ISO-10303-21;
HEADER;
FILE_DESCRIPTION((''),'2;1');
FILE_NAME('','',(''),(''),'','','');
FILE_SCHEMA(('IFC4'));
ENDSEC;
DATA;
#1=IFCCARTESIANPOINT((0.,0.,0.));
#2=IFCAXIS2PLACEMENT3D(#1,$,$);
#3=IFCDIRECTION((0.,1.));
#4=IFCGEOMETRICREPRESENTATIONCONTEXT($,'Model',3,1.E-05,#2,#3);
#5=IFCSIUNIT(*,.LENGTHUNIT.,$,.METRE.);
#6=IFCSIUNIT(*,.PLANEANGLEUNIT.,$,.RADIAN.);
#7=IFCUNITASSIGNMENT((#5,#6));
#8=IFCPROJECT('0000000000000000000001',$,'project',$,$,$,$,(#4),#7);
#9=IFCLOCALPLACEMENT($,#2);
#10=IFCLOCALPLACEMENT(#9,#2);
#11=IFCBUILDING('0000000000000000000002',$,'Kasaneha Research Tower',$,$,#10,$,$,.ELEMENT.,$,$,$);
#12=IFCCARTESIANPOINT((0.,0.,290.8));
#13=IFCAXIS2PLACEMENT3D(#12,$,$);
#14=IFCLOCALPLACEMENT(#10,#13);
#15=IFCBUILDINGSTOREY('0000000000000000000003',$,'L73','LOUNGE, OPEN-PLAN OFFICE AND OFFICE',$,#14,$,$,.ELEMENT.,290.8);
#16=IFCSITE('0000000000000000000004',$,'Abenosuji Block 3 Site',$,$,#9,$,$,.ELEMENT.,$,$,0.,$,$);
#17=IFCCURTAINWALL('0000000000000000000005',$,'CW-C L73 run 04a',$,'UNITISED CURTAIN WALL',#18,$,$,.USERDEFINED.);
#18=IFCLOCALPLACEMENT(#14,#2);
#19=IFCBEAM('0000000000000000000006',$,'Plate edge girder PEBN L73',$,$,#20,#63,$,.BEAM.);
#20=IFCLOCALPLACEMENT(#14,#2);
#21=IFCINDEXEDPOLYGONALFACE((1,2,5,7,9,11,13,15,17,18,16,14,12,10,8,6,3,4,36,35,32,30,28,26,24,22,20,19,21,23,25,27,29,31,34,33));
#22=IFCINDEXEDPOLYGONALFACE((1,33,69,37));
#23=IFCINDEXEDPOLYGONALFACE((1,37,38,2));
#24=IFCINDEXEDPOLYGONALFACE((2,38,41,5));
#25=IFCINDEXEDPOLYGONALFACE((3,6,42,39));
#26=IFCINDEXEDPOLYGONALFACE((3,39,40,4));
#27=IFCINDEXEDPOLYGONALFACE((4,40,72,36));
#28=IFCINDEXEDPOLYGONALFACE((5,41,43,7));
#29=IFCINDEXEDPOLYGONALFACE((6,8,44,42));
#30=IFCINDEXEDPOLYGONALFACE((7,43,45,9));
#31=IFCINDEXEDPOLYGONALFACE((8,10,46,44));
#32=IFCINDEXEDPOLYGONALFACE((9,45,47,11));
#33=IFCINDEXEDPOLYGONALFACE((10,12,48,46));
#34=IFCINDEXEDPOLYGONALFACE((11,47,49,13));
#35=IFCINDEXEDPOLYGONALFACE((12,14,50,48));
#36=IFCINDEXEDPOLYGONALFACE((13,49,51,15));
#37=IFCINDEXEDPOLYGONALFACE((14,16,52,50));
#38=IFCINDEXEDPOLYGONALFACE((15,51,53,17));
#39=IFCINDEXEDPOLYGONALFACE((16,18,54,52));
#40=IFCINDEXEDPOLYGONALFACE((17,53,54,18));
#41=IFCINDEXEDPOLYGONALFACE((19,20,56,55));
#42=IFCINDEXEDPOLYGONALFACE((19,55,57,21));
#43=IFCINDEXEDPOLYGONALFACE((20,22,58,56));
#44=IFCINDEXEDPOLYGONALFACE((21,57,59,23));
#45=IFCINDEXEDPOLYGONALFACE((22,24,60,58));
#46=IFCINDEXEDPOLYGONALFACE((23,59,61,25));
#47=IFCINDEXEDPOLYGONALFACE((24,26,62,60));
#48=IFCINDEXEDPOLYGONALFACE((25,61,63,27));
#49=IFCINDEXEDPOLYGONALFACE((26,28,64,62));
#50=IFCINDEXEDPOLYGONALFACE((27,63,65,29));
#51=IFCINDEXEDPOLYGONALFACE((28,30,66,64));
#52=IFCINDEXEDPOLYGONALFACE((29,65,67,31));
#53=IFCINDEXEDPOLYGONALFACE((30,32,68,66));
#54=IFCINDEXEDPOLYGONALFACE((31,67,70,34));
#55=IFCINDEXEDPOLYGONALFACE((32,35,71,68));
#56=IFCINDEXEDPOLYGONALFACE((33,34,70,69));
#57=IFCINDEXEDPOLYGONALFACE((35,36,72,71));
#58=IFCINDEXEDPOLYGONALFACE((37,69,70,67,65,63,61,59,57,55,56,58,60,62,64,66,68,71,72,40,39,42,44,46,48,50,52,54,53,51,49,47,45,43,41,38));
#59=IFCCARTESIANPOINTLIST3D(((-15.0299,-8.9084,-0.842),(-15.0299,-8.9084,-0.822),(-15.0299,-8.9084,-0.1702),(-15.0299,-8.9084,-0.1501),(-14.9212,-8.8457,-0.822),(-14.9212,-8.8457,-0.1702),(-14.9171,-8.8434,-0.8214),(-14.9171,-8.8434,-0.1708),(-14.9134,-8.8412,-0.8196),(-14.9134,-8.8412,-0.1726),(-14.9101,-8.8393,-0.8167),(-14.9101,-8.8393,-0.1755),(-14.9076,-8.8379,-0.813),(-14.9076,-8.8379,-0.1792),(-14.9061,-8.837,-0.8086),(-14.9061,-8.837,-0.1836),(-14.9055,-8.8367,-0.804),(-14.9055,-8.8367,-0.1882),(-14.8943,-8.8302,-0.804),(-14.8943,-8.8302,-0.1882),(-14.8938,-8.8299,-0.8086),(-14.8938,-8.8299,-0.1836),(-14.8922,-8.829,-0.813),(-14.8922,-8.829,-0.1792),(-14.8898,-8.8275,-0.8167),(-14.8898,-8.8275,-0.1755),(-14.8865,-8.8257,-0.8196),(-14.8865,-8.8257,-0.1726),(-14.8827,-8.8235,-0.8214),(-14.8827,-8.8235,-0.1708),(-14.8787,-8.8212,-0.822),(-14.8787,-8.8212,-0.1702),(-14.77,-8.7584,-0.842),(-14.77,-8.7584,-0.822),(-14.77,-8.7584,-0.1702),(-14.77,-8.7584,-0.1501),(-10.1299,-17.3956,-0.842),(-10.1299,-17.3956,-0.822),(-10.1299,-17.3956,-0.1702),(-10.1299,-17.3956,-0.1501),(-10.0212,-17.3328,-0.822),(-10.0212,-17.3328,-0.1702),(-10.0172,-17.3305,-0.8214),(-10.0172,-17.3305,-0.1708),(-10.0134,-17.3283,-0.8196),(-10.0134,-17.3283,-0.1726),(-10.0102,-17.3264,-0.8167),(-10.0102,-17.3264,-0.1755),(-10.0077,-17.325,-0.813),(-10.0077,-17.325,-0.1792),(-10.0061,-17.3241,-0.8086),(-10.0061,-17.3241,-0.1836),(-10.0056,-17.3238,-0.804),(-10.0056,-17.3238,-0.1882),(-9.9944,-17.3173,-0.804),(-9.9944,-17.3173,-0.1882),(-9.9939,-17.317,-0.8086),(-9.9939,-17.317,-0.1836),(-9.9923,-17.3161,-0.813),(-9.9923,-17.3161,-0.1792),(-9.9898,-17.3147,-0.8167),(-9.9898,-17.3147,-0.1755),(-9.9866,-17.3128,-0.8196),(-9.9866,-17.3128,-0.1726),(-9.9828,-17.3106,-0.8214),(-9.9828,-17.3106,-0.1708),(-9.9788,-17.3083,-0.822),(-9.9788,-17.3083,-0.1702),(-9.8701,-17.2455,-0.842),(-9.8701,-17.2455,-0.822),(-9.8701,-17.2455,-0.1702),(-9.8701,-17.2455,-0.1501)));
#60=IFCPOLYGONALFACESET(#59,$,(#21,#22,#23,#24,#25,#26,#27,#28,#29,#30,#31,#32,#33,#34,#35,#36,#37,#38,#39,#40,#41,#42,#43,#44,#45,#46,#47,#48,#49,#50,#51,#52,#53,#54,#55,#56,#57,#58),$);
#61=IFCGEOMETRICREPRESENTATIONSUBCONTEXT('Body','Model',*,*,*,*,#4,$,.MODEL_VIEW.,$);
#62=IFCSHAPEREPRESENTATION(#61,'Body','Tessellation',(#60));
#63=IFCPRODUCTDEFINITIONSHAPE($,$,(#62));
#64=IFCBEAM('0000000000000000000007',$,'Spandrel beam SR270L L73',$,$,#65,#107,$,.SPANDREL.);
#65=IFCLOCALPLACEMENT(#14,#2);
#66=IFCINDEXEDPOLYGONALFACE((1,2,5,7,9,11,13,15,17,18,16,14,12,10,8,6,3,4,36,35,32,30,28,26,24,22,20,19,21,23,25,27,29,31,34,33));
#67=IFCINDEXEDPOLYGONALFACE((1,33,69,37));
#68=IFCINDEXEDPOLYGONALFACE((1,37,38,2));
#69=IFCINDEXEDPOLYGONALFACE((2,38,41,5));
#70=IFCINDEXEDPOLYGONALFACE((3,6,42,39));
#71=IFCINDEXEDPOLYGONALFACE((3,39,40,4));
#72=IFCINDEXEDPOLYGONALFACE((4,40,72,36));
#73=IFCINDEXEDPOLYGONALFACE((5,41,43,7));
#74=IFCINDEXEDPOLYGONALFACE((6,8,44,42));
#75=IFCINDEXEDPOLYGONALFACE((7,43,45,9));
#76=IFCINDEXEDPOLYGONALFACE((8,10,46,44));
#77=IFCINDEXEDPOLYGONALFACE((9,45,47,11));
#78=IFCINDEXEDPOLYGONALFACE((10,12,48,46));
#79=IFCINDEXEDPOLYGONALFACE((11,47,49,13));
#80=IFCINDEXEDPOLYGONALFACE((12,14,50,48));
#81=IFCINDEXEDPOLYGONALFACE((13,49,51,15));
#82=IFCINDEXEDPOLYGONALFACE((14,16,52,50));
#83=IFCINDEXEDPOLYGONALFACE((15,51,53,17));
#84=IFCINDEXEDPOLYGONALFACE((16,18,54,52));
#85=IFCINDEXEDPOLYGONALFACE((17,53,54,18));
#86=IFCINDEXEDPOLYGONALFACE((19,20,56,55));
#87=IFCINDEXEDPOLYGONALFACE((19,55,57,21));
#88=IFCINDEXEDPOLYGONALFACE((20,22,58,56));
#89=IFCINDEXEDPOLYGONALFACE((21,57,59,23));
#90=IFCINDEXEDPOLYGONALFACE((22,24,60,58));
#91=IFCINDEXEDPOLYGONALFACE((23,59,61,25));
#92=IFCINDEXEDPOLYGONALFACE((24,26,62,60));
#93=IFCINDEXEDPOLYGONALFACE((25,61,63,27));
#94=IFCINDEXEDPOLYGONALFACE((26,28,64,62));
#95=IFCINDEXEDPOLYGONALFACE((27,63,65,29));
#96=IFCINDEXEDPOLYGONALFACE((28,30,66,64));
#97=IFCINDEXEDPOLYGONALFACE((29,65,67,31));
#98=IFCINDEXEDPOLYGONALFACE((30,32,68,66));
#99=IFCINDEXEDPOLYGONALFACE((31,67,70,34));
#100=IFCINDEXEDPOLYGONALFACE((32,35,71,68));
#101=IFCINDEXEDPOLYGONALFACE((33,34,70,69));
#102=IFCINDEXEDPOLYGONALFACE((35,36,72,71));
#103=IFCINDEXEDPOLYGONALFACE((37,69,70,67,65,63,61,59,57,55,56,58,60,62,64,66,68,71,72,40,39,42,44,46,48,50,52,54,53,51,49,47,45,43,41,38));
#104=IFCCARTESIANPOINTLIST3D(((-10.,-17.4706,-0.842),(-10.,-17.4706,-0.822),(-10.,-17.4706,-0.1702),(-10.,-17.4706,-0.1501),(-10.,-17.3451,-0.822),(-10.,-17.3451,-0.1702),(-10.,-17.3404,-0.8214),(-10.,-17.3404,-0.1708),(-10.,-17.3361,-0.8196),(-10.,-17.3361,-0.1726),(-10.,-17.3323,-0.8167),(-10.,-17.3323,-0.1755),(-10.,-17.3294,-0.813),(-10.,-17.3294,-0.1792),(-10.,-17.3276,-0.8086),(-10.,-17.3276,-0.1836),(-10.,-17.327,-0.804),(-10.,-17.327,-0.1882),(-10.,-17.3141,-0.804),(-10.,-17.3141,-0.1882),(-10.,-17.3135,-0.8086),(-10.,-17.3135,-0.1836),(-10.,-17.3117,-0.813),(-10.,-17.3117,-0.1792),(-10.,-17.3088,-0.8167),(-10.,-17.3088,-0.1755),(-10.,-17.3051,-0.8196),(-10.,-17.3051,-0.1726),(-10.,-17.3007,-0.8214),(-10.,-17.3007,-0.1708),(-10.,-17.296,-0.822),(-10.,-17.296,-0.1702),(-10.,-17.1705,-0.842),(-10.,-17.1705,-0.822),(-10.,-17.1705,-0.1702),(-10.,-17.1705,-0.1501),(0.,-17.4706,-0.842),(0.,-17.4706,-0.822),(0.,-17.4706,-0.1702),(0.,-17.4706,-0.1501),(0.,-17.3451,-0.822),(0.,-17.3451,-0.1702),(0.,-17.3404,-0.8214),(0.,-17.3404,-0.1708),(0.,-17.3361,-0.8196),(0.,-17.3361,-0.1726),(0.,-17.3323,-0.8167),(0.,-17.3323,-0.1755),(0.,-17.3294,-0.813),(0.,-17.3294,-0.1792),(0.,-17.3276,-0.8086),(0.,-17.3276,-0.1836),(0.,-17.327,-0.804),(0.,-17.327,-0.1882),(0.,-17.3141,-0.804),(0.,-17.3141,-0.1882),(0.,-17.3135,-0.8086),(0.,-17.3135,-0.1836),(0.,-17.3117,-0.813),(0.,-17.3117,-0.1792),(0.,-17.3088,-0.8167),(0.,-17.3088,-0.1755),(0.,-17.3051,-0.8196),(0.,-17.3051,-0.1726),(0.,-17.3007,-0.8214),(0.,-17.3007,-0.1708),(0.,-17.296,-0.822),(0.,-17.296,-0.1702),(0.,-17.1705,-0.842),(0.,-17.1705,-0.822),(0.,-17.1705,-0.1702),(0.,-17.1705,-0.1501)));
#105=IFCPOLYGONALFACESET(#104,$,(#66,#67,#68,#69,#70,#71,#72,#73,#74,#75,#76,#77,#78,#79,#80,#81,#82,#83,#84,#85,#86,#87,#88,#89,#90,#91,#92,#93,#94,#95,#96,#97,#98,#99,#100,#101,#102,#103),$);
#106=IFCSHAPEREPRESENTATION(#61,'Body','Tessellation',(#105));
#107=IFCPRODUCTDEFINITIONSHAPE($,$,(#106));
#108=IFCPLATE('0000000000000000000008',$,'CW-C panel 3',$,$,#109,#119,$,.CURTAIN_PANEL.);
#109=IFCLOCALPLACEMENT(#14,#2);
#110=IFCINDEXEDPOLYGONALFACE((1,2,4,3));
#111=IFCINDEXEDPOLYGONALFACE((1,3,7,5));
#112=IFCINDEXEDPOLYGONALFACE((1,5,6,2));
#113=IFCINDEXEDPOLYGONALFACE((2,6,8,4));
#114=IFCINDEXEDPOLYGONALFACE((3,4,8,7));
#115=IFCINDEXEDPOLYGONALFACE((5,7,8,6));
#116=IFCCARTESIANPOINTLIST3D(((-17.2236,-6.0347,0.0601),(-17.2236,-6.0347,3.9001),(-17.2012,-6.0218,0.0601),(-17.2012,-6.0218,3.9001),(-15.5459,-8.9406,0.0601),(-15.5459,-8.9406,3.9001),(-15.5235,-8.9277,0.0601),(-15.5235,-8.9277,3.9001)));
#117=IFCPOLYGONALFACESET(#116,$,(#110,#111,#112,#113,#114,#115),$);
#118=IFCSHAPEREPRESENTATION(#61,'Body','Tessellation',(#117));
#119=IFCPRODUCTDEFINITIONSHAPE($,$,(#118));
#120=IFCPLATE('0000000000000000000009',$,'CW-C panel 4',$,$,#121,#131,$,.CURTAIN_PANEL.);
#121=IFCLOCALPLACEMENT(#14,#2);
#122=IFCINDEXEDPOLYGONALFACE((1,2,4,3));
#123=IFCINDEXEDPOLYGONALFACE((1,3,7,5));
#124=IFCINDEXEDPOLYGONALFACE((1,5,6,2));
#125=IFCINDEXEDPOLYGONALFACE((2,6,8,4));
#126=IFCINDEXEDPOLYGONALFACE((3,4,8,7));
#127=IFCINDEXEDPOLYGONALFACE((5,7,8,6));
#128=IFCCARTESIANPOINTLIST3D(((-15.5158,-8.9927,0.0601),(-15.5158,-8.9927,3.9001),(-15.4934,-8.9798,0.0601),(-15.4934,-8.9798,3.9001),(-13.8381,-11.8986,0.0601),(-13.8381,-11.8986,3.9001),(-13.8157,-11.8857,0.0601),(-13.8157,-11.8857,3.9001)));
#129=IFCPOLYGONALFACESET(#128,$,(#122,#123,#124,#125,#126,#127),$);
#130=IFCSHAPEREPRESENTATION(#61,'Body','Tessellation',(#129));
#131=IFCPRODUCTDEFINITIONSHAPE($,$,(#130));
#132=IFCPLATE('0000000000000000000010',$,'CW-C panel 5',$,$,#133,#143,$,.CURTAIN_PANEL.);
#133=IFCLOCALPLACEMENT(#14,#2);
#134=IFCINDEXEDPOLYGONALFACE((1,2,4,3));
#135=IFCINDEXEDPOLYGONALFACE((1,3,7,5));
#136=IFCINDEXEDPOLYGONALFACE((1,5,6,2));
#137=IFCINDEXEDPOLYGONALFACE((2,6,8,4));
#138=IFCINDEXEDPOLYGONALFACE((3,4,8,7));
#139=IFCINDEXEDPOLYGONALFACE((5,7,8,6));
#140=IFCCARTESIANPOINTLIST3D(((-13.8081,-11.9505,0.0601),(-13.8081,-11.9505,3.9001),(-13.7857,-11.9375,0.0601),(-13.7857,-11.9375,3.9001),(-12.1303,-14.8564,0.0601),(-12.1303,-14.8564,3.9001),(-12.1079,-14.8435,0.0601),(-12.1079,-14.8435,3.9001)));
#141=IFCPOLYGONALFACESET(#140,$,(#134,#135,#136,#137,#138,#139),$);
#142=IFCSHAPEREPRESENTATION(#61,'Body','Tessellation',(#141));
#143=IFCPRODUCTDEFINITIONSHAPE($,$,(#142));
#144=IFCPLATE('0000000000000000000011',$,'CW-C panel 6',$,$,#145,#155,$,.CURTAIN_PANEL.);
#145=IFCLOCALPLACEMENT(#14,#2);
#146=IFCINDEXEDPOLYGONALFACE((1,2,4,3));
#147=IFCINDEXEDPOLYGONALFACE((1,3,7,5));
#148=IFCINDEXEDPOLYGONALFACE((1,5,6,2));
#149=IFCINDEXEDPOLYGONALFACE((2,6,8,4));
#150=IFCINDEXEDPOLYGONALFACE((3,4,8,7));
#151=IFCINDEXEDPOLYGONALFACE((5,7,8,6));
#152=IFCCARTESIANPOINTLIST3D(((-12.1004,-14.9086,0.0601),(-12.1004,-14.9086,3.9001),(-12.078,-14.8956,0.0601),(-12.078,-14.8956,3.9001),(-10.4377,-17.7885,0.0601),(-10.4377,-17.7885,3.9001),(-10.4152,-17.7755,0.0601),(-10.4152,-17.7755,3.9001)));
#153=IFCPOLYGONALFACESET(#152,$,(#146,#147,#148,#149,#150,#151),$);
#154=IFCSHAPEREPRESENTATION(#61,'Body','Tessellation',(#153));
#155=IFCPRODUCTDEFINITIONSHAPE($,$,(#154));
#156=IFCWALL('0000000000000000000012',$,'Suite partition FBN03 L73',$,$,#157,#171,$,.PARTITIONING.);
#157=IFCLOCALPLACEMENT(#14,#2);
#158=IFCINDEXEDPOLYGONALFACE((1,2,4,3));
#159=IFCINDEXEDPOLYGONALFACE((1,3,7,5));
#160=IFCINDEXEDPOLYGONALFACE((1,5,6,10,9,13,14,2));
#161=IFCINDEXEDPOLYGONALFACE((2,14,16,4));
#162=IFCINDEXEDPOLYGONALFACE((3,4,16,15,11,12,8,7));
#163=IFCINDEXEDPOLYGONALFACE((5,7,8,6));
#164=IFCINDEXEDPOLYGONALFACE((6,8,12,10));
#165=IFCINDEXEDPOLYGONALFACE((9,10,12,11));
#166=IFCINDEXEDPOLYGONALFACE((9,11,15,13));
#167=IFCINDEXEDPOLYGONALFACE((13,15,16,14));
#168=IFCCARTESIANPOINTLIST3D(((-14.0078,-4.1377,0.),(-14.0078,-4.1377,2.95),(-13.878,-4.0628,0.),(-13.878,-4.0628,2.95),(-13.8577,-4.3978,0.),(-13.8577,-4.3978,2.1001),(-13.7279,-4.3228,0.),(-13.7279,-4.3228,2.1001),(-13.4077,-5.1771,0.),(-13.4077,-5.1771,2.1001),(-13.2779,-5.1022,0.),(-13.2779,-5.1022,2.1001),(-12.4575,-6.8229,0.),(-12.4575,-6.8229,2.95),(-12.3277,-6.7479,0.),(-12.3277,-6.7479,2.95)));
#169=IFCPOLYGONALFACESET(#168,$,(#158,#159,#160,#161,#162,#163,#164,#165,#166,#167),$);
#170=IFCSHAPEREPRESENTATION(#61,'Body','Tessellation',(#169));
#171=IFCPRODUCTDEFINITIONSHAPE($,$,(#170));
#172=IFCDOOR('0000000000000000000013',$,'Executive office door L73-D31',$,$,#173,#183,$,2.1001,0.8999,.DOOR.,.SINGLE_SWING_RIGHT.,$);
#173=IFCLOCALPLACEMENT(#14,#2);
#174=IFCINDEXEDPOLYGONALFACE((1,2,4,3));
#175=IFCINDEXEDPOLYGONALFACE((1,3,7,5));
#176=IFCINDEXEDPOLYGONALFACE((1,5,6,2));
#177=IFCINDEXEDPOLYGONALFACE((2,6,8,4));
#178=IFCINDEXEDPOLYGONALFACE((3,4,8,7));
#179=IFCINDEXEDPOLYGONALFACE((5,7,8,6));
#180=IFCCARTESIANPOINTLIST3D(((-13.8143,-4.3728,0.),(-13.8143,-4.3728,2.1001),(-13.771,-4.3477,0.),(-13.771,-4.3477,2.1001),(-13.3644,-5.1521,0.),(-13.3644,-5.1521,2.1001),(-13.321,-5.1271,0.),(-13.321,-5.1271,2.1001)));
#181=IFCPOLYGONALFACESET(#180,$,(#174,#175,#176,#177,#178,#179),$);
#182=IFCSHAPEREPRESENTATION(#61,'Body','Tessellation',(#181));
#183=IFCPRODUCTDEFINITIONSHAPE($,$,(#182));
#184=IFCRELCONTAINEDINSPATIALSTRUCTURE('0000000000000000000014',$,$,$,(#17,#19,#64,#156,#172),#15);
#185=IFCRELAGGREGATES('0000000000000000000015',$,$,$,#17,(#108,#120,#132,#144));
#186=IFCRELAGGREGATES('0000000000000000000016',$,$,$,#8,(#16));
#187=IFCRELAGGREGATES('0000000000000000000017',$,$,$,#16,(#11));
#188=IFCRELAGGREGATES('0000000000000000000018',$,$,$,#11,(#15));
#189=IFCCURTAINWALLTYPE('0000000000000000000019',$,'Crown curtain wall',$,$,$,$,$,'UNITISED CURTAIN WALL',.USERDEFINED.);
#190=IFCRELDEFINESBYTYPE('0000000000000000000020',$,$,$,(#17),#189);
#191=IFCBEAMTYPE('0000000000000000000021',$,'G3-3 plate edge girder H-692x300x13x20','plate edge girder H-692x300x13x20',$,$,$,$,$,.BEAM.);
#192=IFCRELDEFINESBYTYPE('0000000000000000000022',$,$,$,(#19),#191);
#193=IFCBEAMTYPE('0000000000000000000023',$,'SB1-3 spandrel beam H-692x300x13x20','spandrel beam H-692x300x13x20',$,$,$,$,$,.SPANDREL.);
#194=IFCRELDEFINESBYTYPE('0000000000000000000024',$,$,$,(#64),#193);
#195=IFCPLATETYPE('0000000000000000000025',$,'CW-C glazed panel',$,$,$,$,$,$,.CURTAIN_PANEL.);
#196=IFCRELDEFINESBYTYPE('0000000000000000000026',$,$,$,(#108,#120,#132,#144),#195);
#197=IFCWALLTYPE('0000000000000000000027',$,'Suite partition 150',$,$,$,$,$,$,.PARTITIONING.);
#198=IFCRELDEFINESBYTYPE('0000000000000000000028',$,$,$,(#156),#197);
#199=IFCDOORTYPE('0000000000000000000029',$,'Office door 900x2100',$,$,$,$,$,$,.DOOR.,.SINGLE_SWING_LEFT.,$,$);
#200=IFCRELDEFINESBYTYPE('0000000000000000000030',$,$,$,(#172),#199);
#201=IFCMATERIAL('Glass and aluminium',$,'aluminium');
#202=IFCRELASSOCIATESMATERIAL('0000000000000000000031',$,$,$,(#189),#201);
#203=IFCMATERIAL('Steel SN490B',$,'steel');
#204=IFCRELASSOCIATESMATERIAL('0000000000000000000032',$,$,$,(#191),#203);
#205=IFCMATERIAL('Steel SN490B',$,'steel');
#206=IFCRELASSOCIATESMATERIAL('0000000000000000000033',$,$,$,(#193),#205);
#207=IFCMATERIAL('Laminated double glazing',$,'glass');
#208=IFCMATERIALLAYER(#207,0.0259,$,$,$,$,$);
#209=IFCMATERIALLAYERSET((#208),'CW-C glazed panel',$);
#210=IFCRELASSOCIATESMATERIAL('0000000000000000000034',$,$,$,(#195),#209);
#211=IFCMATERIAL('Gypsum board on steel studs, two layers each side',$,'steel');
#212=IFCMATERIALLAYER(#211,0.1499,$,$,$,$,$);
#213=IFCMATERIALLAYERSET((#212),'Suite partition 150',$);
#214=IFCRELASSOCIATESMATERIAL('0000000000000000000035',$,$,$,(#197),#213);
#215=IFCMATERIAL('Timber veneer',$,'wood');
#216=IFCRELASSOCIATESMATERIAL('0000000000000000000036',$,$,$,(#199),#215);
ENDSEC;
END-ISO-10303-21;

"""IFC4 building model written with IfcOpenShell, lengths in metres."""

from ifc_helpers import new_model, si_unit, direction, frame, frame_2d, origin, origin_2d, place, context, subcontext, project, spatial, rectangle, i_section, extrude, material, layer, layer_set, material_profile, profile_set, type_object, element, fill, aggregate, save


model = new_model("IFC4")

# Units and contexts
model_context = context("Model", 3, precision=1e-05, world=origin(), true_north=direction((0.0, 1.0)))
body_context = subcontext(model_context, "Body", "Model", "MODEL_VIEW")
ifc_project = project(units=[si_unit("LENGTHUNIT", "METRE"), si_unit("PLANEANGLEUNIT", "RADIAN")], contexts=[model_context])

# Site, building, storey
site_placement = place(None, origin())
site = spatial("IfcSite", under=ifc_project, at=site_placement, Name="Abenosuji Block 3 Site", CompositionType="ELEMENT", RefElevation=0.0)
building_placement = place(site_placement, origin())
building = spatial("IfcBuilding", under=site, at=building_placement, Name="Kasaneha Research Tower", CompositionType="ELEMENT")
storey_placement = place(building_placement, frame((0.0, 0.0, 290.8)))
storey = spatial("IfcBuildingStorey", under=building, at=storey_placement, Name="L73", Description="LOUNGE, OPEN-PLAN OFFICE AND OFFICE", CompositionType="ELEMENT", Elevation=290.8)

# Curtain wall
ifc_material_1 = material(Name="Glass and aluminium", Category="aluminium")
curtain_wall_type = type_object("IfcCurtainWallType", Name="Crown curtain wall", ElementType="UNITISED CURTAIN WALL", PredefinedType="USERDEFINED", material=ifc_material_1)
curtain_wall_1_placement = place(storey_placement, origin())
curtain_wall_1 = element("IfcCurtainWall", 1, at=curtain_wall_1_placement, inside=storey, type_object=curtain_wall_type, Name="CW-C L73 run 04a", ObjectType="UNITISED CURTAIN WALL", PredefinedType="USERDEFINED")

# Beams
ifc_material_2 = material(Name="Steel SN490B", Category="steel")
ifc_material_profile_1 = material_profile(ifc_material_2, i_section(OverallWidth=0.3, OverallDepth=0.6919, WebThickness=0.0129, FlangeThickness=0.02, FilletRadius=0.0181, at=origin_2d()), Name="H-692x300x13x20")
ifc_profile_set_1 = profile_set([ifc_material_profile_1], Name="Steel SN490B")
beam_type_1 = type_object("IfcBeamType", Name="G3-3 plate edge girder H-692x300x13x20", Description="plate edge girder H-692x300x13x20", PredefinedType="BEAM", material=ifc_profile_set_1)
beam_1_placement = place(storey_placement, frame((-10.0, -17.3206, -0.4961), z_axis=(-0.499992, 0.86603, 0.0), x_axis=(-0.86603, -0.499992, 0.0)))
element("IfcBeam", 2, at=beam_1_placement, inside=storey, type_object=beam_type_1, Name="Plate edge girder PEBN L73", PredefinedType="BEAM", context=body_context, shape_type="SweptSolid", body=[
    extrude(i_section(OverallWidth=0.3, OverallDepth=0.6919, WebThickness=0.0129, FlangeThickness=0.02, FilletRadius=0.0181, at=origin_2d()), origin(), (0.0, 0.0, 1.0), 9.8),
])
ifc_material_3 = material(Name="Steel SN490B", Category="steel")
ifc_material_profile_2 = material_profile(ifc_material_3, i_section(OverallWidth=0.3, OverallDepth=0.6919, WebThickness=0.0129, FlangeThickness=0.02, FilletRadius=0.0181, at=origin_2d()), Name="H-692x300x13x20")
ifc_profile_set_2 = profile_set([ifc_material_profile_2], Name="Steel SN490B")
beam_type_2 = type_object("IfcBeamType", Name="SB1-3 spandrel beam H-692x300x13x20", Description="spandrel beam H-692x300x13x20", PredefinedType="SPANDREL", material=ifc_profile_set_2)
beam_2_placement = place(storey_placement, frame((-10.0, -17.3206, -0.4961), z_axis=(1.0, 0.0, 0.0), x_axis=(0.0, 1.0, 0.0)))
element("IfcBeam", 3, at=beam_2_placement, inside=storey, type_object=beam_type_2, Name="Spandrel beam SR270L L73", PredefinedType="SPANDREL", context=body_context, shape_type="SweptSolid", body=[
    extrude(i_section(OverallWidth=0.3, OverallDepth=0.6919, WebThickness=0.0129, FlangeThickness=0.02, FilletRadius=0.0181, at=origin_2d()), origin(), (0.0, 0.0, 1.0), 10.0),
])

# Plates
ifc_material_4 = material(Name="Laminated double glazing", Category="glass")
ifc_layer_1 = layer(ifc_material_4, 0.0259)
ifc_layer_set_1 = layer_set([ifc_layer_1], Name="CW-C glazed panel")
plate_type = type_object("IfcPlateType", Name="CW-C glazed panel", PredefinedType="CURTAIN_PANEL", material=ifc_layer_set_1)
plate_1_placement = place(storey_placement, frame((-16.3735, -7.4812, 0.0601), z_axis=(0.0, 0.0, 1.0), x_axis=(0.5, -0.866025, 0.0)))
plate_1 = element("IfcPlate", 4, at=plate_1_placement, type_object=plate_type, Name="CW-C panel 3", PredefinedType="CURTAIN_PANEL", context=body_context, shape_type="SweptSolid", body=[
    extrude(rectangle(XDim=3.3555, YDim=0.0259, at=origin_2d()), origin(), (0.0, 0.0, 1.0), 3.8401),
])
plate_2_placement = place(storey_placement, frame((-14.6658, -10.4392, 0.0601), z_axis=(0.0, 0.0, 1.0), x_axis=(0.5, -0.866025, 0.0)))
plate_2 = element("IfcPlate", 5, at=plate_2_placement, type_object=plate_type, Name="CW-C panel 4", PredefinedType="CURTAIN_PANEL", context=body_context, shape_type="SweptSolid", body=[
    extrude(rectangle(XDim=3.3555, YDim=0.0259, at=origin_2d()), origin(), (0.0, 0.0, 1.0), 3.8401),
])
plate_3_placement = place(storey_placement, frame((-12.958, -13.397, 0.0601), z_axis=(0.0, 0.0, 1.0), x_axis=(0.5, -0.866025, 0.0)))
plate_3 = element("IfcPlate", 6, at=plate_3_placement, type_object=plate_type, Name="CW-C panel 5", PredefinedType="CURTAIN_PANEL", context=body_context, shape_type="SweptSolid", body=[
    extrude(rectangle(XDim=3.3555, YDim=0.0259, at=origin_2d()), origin(), (0.0, 0.0, 1.0), 3.8401),
])
plate_4_placement = place(storey_placement, frame((-11.2578, -16.342, 0.0601), z_axis=(0.0, 0.0, 1.0), x_axis=(0.5, -0.866025, 0.0)))
plate_4 = element("IfcPlate", 7, at=plate_4_placement, type_object=plate_type, Name="CW-C panel 6", PredefinedType="CURTAIN_PANEL", context=body_context, shape_type="SweptSolid", body=[
    extrude(rectangle(XDim=3.3254, YDim=0.0259, at=origin_2d()), origin(), (0.0, 0.0, 1.0), 3.8401),
])
aggregate(curtain_wall_1, [plate_1, plate_2, plate_3, plate_4])

# Wall, opening, door
ifc_material_5 = material(Name="Gypsum board on steel studs, two layers each side", Category="steel")
ifc_layer_2 = layer(ifc_material_5, 0.1499)
ifc_layer_set_2 = layer_set([ifc_layer_2], Name="Suite partition 150")
wall_type_1 = type_object("IfcWallType", Name="Suite partition 150", PredefinedType="PARTITIONING", material=ifc_layer_set_2)
wall_1_placement = place(storey_placement, frame((-12.3926, -6.7854, 0.0), z_axis=(0.0, 0.0, 1.0), x_axis=(-0.500018, 0.866015, 0.0)))
wall_1 = element("IfcWall", 8, at=wall_1_placement, inside=storey, type_object=wall_type_1, Name="Suite partition FBN03 L73", PredefinedType="PARTITIONING", context=body_context, shape_type="SweptSolid", body=[
    extrude(rectangle(XDim=3.1006, YDim=0.1499, at=frame_2d((1.5503, 0.0))), origin(), (0.0, 0.0, 1.0), 2.95),
])
opening_placement = place(wall_1_placement, frame((1.9004, 0.0, 0.0)))
opening = element("IfcOpeningElement", 9, at=opening_placement, cuts=wall_1, PredefinedType="OPENING", context=body_context, shape_type="SweptSolid", body=[
    extrude(rectangle(XDim=0.8999, YDim=2.1001, at=frame_2d((0.45, 1.05))), frame((0.0, 0.085, 0.0), z_axis=(0.0, -1.0, 0.0), x_axis=(1.0, 0.0, 0.0)), (0.0, 0.0, 1.0), 0.1699),
])
ifc_material_6 = material(Name="Timber veneer", Category="wood")
door_type = type_object("IfcDoorType", Name="Office door 900x2100", OperationType="SINGLE_SWING_LEFT", PredefinedType="DOOR", material=ifc_material_6)
door_placement = place(opening_placement, origin())
door = element("IfcDoor", 10, at=door_placement, inside=storey, type_object=door_type, Name="Executive office door L73-D31", OperationType="SINGLE_SWING_RIGHT", OverallHeight=2.1001, OverallWidth=0.8999, PredefinedType="DOOR", context=body_context, shape_type="SweptSolid", body=[
    extrude(rectangle(XDim=0.8999, YDim=2.1001, at=frame_2d((0.45, 1.05))), frame((0.0, 0.0249, 0.0), z_axis=(0.0, -1.0, 0.0), x_axis=(1.0, 0.0, 0.0)), (0.0, 0.0, 1.0), 0.05),
])
fill(opening, door)

save(model, "model.ifc")
